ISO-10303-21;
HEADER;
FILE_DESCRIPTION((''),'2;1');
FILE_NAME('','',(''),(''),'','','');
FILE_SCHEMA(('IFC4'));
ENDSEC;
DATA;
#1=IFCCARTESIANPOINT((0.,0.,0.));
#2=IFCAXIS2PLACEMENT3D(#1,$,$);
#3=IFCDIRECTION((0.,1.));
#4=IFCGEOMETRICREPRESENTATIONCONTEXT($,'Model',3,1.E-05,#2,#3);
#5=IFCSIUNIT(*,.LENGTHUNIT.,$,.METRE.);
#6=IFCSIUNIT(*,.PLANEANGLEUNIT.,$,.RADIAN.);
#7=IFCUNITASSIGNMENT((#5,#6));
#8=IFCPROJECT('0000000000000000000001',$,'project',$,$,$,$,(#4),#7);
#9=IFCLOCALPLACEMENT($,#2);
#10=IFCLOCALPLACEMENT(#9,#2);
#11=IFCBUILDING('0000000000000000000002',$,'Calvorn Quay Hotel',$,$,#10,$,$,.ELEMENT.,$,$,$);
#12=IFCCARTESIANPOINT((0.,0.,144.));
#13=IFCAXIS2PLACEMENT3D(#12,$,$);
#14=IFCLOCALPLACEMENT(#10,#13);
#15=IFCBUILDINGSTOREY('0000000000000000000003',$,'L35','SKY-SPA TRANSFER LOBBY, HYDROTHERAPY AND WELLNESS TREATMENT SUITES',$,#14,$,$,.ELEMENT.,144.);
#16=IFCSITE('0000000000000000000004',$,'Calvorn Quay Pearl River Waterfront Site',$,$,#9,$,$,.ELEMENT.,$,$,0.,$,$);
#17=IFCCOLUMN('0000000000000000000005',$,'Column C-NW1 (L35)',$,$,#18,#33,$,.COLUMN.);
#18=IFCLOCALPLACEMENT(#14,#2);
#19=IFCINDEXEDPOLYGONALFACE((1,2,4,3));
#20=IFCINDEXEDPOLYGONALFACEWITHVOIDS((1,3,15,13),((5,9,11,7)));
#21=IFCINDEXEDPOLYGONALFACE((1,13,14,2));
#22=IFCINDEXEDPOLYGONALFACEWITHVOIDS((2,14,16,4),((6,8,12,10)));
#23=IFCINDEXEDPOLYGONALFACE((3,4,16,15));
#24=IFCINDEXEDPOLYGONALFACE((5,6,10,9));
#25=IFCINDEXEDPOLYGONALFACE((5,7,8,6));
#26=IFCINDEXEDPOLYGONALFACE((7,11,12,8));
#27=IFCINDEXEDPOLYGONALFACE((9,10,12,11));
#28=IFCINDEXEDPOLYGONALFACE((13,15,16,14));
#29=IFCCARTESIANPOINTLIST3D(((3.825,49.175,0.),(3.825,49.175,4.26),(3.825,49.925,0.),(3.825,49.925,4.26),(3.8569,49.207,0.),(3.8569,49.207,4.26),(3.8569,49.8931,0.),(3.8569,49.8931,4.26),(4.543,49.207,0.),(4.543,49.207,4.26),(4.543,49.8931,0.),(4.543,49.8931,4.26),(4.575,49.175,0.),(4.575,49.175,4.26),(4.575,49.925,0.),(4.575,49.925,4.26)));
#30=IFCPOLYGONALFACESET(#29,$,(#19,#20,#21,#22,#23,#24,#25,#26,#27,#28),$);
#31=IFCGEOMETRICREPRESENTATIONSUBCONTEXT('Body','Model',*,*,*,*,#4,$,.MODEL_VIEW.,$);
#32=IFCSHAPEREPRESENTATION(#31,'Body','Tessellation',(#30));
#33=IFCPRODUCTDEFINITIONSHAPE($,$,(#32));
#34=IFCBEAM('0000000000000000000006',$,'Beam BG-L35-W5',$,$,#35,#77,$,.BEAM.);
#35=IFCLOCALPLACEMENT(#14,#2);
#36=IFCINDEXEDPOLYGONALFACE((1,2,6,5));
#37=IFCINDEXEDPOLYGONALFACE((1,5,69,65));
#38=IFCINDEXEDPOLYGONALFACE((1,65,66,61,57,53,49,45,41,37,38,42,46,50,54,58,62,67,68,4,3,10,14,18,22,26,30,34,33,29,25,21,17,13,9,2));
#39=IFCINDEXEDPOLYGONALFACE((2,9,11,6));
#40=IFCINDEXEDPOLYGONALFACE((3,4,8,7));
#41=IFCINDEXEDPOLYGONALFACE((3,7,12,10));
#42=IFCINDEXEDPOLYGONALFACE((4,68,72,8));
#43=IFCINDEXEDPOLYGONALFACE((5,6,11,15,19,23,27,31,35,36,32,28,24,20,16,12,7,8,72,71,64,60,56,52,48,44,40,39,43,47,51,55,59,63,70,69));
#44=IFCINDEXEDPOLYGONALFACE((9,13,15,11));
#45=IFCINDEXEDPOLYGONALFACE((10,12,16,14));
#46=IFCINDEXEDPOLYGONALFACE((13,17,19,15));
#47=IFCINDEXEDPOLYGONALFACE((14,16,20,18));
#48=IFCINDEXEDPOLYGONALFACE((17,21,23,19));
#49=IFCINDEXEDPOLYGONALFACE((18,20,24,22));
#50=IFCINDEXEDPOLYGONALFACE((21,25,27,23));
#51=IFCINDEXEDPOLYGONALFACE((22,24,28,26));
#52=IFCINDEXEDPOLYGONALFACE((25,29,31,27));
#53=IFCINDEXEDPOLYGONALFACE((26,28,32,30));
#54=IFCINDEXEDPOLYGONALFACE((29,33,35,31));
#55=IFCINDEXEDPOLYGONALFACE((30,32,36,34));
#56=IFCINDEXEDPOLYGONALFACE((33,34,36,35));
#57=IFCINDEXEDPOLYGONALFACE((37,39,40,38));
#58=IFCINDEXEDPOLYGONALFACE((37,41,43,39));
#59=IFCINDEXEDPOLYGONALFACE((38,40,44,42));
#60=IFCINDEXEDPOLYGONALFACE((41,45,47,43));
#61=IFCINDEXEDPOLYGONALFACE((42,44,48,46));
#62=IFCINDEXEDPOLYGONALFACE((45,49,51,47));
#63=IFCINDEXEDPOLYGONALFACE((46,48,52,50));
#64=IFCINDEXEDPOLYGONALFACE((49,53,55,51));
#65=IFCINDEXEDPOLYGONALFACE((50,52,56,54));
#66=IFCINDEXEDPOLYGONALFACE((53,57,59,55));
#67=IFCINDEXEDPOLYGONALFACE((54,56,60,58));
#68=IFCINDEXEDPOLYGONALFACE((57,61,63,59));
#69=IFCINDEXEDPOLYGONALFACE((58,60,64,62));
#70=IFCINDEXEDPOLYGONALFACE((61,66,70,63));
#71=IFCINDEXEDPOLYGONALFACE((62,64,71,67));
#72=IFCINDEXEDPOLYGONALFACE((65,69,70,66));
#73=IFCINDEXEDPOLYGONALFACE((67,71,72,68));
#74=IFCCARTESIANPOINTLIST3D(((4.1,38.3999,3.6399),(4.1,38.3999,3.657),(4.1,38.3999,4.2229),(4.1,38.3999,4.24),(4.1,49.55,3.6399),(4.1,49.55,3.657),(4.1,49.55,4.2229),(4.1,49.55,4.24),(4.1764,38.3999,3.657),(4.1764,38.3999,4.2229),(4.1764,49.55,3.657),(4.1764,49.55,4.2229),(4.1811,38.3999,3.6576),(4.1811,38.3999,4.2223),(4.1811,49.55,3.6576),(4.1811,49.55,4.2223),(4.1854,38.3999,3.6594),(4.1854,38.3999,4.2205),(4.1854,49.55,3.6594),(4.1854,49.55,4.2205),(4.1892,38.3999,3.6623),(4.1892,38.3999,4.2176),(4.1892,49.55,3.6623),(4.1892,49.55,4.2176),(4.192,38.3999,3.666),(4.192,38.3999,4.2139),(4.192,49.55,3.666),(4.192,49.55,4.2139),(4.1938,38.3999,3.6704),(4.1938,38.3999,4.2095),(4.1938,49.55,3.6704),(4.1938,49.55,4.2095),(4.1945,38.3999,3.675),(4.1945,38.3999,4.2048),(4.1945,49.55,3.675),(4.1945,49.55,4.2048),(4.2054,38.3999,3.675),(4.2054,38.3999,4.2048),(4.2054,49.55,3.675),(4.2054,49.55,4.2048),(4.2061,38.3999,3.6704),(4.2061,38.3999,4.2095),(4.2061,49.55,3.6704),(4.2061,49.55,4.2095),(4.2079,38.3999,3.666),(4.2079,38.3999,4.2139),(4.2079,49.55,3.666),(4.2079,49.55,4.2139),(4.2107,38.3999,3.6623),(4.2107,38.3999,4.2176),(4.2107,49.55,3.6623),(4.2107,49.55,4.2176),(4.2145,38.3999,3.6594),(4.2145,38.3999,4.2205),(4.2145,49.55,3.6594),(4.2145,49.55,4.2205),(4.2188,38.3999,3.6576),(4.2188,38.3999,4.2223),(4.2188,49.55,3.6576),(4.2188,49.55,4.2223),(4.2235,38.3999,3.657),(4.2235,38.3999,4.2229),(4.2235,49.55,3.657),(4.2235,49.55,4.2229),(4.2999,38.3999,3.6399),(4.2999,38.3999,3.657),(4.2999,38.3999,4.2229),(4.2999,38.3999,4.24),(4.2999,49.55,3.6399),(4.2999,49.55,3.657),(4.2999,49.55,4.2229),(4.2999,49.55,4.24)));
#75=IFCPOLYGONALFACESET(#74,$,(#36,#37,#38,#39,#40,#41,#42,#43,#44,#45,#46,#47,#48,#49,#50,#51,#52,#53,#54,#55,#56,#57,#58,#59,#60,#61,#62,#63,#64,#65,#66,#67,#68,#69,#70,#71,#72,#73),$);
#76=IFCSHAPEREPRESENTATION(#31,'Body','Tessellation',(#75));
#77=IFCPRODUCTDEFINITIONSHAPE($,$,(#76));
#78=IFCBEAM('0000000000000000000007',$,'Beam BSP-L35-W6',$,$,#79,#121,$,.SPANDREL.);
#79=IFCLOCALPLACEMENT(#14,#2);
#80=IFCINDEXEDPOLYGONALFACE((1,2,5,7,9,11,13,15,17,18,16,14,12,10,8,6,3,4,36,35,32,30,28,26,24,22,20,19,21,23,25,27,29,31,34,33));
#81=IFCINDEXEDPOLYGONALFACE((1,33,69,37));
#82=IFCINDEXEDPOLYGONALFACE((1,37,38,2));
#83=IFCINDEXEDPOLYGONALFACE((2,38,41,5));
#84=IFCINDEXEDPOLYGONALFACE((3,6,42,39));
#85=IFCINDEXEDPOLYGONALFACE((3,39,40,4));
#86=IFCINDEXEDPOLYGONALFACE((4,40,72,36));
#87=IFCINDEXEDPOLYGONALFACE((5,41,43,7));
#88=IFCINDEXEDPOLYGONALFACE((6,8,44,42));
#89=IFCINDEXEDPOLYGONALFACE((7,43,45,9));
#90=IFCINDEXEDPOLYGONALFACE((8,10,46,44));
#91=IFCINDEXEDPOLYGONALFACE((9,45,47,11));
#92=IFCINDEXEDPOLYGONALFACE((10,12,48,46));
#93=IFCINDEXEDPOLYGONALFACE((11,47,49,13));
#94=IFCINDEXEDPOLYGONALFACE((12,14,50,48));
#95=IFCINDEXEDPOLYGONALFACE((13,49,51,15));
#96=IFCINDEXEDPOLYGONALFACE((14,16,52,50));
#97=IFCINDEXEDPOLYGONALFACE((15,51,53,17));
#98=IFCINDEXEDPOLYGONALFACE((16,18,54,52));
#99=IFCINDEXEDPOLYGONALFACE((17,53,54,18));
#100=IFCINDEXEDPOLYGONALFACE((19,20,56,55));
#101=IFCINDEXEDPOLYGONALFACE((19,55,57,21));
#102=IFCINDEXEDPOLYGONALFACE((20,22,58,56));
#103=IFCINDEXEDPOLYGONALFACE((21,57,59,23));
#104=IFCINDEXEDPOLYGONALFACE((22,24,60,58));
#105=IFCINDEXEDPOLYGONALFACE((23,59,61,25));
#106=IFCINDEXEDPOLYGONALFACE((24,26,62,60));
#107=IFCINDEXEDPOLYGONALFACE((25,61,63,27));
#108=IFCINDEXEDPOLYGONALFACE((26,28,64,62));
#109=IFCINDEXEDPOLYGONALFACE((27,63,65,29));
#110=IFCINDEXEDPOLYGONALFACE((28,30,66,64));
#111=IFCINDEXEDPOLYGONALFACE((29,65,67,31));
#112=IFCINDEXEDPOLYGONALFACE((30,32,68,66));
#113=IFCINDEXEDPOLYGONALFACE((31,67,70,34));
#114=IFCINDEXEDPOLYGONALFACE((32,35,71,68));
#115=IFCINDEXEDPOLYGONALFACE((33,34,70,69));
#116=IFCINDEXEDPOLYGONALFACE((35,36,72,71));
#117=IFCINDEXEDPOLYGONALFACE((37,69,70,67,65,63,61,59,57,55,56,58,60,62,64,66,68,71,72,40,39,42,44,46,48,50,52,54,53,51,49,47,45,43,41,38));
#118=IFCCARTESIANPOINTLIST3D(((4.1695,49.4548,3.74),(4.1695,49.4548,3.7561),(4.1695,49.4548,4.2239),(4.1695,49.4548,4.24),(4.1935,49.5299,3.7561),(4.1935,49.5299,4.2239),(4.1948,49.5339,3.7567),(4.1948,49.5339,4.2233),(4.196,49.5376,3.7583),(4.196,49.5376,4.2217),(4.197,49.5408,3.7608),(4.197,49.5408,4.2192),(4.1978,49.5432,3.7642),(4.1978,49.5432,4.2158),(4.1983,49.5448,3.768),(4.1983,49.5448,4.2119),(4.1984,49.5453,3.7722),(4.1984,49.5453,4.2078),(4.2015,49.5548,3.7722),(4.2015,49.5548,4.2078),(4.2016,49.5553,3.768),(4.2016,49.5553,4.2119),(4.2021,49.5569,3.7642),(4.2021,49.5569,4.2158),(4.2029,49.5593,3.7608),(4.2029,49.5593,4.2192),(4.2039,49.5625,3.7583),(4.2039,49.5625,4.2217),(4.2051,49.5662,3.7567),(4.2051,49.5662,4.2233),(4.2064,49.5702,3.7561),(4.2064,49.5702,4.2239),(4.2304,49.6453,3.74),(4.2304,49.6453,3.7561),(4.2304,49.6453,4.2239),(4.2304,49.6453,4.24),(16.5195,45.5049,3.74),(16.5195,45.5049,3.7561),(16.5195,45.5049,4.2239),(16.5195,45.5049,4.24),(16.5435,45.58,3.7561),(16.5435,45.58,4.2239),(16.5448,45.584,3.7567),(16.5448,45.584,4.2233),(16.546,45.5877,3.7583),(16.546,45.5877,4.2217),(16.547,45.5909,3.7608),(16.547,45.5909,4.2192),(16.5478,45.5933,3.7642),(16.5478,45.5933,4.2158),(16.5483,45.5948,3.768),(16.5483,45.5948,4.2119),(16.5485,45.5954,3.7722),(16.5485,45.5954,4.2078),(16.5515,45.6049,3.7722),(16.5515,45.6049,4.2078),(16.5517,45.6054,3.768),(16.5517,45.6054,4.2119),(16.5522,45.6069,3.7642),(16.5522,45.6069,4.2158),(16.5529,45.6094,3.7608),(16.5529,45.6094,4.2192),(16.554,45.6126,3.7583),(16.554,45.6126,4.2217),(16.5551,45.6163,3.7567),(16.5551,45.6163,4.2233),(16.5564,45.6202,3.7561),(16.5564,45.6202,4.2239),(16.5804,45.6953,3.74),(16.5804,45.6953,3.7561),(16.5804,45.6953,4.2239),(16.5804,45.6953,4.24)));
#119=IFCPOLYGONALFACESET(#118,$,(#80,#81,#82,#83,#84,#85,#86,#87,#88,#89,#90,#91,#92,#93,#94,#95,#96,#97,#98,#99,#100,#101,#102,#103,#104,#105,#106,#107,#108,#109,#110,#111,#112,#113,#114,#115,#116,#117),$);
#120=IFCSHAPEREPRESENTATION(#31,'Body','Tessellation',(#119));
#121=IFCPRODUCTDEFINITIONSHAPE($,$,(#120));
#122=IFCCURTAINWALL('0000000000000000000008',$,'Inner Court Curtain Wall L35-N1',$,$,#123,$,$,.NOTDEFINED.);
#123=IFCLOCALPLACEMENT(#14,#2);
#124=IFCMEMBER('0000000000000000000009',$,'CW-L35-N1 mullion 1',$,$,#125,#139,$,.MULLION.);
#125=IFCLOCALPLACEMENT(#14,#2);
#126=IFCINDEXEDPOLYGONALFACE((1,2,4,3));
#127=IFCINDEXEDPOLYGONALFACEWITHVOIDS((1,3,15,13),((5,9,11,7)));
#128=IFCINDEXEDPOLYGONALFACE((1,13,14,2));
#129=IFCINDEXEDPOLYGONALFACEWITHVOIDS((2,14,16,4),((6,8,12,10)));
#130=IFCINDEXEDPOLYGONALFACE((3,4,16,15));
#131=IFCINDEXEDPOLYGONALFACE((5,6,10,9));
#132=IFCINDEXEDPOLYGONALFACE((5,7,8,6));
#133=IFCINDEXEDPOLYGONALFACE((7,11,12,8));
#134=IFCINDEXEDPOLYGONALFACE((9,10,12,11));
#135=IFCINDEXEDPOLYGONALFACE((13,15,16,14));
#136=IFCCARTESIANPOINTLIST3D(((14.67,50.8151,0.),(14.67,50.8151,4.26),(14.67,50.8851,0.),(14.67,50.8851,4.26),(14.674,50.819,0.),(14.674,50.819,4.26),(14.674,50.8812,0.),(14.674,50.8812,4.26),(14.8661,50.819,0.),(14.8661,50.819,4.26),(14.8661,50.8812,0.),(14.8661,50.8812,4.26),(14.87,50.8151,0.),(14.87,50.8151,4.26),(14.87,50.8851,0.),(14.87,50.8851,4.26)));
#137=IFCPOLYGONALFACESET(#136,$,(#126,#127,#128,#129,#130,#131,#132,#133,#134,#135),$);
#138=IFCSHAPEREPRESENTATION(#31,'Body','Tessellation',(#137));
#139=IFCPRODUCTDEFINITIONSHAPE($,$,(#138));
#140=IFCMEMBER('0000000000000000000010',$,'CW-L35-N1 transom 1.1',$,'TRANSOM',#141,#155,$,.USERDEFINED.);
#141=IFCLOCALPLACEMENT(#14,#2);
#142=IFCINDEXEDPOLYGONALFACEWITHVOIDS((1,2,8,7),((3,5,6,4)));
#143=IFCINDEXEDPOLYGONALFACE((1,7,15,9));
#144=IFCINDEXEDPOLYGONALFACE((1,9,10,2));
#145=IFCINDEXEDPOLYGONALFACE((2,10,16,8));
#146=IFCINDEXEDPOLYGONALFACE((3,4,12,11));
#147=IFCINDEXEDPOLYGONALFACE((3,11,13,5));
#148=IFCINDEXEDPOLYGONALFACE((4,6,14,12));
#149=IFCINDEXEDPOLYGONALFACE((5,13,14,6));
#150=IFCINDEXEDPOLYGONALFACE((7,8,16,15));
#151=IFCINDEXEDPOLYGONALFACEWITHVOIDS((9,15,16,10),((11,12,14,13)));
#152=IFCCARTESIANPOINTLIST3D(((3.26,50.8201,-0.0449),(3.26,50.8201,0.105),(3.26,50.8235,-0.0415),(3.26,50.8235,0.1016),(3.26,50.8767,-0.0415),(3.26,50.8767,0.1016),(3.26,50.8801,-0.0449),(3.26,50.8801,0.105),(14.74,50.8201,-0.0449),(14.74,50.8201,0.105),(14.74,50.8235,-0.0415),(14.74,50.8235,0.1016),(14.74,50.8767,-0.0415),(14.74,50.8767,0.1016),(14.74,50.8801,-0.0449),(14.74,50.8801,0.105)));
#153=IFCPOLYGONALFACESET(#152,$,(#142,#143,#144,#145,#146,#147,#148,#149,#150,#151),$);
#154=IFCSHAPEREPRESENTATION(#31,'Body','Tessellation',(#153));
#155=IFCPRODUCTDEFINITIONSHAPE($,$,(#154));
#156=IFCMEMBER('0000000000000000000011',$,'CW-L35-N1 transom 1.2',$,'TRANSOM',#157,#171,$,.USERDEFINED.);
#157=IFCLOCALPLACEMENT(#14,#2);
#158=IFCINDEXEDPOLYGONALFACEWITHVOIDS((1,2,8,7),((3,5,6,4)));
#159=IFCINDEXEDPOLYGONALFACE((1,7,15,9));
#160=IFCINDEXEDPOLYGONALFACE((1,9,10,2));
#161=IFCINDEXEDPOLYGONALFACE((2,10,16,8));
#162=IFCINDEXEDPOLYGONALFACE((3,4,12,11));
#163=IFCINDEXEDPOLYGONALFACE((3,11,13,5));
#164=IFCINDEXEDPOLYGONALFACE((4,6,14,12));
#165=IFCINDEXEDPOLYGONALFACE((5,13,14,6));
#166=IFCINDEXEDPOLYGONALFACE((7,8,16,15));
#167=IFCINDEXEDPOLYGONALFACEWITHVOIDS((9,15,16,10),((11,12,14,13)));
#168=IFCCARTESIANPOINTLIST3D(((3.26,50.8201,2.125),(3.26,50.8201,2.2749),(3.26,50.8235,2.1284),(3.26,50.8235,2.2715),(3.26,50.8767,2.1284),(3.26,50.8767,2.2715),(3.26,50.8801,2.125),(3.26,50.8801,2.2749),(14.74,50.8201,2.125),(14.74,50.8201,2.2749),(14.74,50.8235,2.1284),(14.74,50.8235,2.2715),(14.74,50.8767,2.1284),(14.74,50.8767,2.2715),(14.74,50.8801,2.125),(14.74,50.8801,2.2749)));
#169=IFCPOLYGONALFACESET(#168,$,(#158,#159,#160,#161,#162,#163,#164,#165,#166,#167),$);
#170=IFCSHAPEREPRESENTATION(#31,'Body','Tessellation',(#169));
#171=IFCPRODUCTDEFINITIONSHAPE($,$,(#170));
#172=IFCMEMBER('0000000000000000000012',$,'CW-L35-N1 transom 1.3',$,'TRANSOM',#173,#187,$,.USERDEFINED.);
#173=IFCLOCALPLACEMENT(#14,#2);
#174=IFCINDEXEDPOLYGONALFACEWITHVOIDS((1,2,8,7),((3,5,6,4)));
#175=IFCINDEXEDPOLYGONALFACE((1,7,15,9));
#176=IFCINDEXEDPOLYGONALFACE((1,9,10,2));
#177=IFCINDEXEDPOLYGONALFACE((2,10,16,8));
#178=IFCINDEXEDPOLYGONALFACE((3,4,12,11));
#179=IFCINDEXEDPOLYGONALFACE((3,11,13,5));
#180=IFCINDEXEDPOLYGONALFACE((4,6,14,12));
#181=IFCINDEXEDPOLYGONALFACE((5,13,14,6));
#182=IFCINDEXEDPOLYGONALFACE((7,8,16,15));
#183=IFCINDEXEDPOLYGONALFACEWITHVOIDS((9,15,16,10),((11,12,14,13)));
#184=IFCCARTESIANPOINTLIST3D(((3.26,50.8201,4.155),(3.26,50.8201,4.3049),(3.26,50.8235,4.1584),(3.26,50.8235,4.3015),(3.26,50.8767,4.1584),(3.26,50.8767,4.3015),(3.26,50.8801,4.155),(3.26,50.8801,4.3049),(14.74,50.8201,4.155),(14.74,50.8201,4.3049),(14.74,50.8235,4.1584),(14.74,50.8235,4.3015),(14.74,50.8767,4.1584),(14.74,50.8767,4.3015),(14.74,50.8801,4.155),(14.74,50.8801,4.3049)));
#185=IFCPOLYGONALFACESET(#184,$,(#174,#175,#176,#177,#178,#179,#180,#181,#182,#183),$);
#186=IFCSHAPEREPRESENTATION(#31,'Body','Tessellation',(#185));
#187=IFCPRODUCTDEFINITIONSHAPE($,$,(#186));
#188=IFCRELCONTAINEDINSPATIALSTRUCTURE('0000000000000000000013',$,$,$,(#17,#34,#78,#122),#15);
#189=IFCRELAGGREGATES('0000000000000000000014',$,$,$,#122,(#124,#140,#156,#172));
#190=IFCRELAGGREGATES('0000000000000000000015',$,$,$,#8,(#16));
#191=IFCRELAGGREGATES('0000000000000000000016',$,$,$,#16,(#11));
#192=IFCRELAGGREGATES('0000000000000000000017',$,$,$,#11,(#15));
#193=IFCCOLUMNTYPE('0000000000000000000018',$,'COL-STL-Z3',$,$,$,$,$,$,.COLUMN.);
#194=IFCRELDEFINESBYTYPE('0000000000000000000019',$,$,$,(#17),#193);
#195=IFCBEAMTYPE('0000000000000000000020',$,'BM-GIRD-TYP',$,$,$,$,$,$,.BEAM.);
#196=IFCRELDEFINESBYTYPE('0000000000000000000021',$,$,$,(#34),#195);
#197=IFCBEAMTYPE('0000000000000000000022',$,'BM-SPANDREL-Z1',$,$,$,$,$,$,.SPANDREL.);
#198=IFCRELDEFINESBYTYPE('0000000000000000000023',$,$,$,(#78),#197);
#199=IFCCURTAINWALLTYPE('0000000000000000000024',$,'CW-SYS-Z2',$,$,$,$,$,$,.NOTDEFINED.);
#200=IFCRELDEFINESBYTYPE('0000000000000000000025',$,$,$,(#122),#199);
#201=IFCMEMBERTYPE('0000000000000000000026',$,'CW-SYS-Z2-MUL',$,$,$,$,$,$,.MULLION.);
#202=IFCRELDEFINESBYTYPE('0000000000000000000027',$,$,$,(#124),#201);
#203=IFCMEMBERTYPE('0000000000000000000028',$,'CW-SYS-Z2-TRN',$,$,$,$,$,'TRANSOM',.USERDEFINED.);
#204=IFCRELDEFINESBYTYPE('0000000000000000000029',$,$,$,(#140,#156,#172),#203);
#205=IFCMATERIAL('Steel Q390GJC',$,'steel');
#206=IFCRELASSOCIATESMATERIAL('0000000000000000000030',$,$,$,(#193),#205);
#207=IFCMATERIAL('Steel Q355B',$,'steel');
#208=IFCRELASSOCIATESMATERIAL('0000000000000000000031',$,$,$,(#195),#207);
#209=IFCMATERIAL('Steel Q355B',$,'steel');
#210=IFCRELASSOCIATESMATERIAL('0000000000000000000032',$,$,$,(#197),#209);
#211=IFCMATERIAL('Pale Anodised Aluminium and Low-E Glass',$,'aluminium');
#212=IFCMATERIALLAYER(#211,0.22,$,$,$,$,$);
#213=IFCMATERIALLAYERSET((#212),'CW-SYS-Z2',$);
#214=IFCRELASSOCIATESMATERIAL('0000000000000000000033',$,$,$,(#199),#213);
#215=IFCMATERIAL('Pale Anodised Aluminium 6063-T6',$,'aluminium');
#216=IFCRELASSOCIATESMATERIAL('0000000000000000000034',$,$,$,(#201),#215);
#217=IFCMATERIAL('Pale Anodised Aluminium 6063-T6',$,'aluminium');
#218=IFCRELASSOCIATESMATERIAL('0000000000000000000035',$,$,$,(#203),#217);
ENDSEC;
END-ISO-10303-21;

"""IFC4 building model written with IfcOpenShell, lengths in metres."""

from ifc_helpers import new_model, si_unit, direction, frame, origin, origin_2d, place, context, subcontext, project, spatial, hollow_rectangle, i_section, extrude, material, layer, layer_set, material_profile, profile_set, type_object, element, aggregate, save


model = new_model("IFC4")

# Units and contexts
model_context = context("Model", 3, precision=1e-05, world=origin(), true_north=direction((0.0, 1.0)))
body_context = subcontext(model_context, "Body", "Model", "MODEL_VIEW")
ifc_project = project(units=[si_unit("LENGTHUNIT", "METRE"), si_unit("PLANEANGLEUNIT", "RADIAN")], contexts=[model_context])

# Site, building, storey
site_placement = place(None, origin())
site = spatial("IfcSite", under=ifc_project, at=site_placement, Name="Calvorn Quay Pearl River Waterfront Site", CompositionType="ELEMENT", RefElevation=0.0)
building_placement = place(site_placement, origin())
building = spatial("IfcBuilding", under=site, at=building_placement, Name="Calvorn Quay Hotel", CompositionType="ELEMENT")
storey_placement = place(building_placement, frame((0.0, 0.0, 144.0)))
storey = spatial("IfcBuildingStorey", under=building, at=storey_placement, Name="L35", Description="SKY-SPA TRANSFER LOBBY, HYDROTHERAPY AND WELLNESS TREATMENT SUITES", CompositionType="ELEMENT", Elevation=144.0)

# Column
ifc_material_1 = material(Name="Steel Q390GJC", Category="steel")
ifc_material_profile_1 = material_profile(ifc_material_1, hollow_rectangle(XDim=0.75, YDim=0.75, WallThickness=0.032, at=origin_2d()), Name="BOX750x750x32")
ifc_profile_set_1 = profile_set([ifc_material_profile_1], Name="Steel Q390GJC")
column_type = type_object("IfcColumnType", Name="COL-STL-Z3", PredefinedType="COLUMN", material=ifc_profile_set_1)
column_placement = place(storey_placement, frame((4.2, 49.55, 0.0), z_axis=(0.0, 0.0, 1.0), x_axis=(1.0, 0.0, 0.0)))
element("IfcColumn", 1, at=column_placement, inside=storey, type_object=column_type, Name="Column C-NW1 (L35)", PredefinedType="COLUMN", context=body_context, shape_type="SweptSolid", body=[
    extrude(hollow_rectangle(XDim=0.75, YDim=0.75, WallThickness=0.032, at=origin_2d()), origin(), (0.0, 0.0, 1.0), 4.26),
])

# Beams
ifc_material_2 = material(Name="Steel Q355B", Category="steel")
ifc_material_profile_2 = material_profile(ifc_material_2, i_section(OverallWidth=0.2, OverallDepth=0.6001, WebThickness=0.011, FlangeThickness=0.0171, FilletRadius=0.0181, at=origin_2d()), Name="HN600x200x11x17")
ifc_profile_set_2 = profile_set([ifc_material_profile_2], Name="Steel Q355B")
beam_type_1 = type_object("IfcBeamType", Name="BM-GIRD-TYP", PredefinedType="BEAM", material=ifc_profile_set_2)
beam_1_placement = place(storey_placement, frame((4.2, 49.55, 3.9399), z_axis=(0.0, -1.0, 0.0), x_axis=(1.0, 0.0, 0.0)))
element("IfcBeam", 2, at=beam_1_placement, inside=storey, type_object=beam_type_1, Name="Beam BG-L35-W5", PredefinedType="BEAM", context=body_context, shape_type="SweptSolid", body=[
    extrude(i_section(OverallWidth=0.2, OverallDepth=0.6001, WebThickness=0.011, FlangeThickness=0.0171, FilletRadius=0.0181, at=origin_2d()), origin(), (0.0, 0.0, 1.0), 11.1501),
])
ifc_material_3 = material(Name="Steel Q355B", Category="steel")
ifc_material_profile_3 = material_profile(ifc_material_3, i_section(OverallWidth=0.2, OverallDepth=0.5, WebThickness=0.01, FlangeThickness=0.0161, FilletRadius=0.0161, at=origin_2d()), Name="HN500x200x10x16")
ifc_profile_set_3 = profile_set([ifc_material_profile_3], Name="Steel Q355B")
beam_type_2 = type_object("IfcBeamType", Name="BM-SPANDREL-Z1", PredefinedType="SPANDREL", material=ifc_profile_set_3)
beam_2_placement = place(storey_placement, frame((4.2, 49.55, 3.99), z_axis=(0.952471, -0.30463, 0.0), x_axis=(0.30463, 0.952471, 0.0)))
element("IfcBeam", 3, at=beam_2_placement, inside=storey, type_object=beam_type_2, Name="Beam BSP-L35-W6", PredefinedType="SPANDREL", context=body_context, shape_type="SweptSolid", body=[
    extrude(i_section(OverallWidth=0.2, OverallDepth=0.5, WebThickness=0.01, FlangeThickness=0.0161, FilletRadius=0.0161, at=origin_2d()), origin(), (0.0, 0.0, 1.0), 12.9663),
])

# Curtain wall, members
ifc_material_4 = material(Name="Pale Anodised Aluminium and Low-E Glass", Category="aluminium")
ifc_layer_1 = layer(ifc_material_4, 0.22)
ifc_layer_set_1 = layer_set([ifc_layer_1], Name="CW-SYS-Z2")
curtain_wall_type = type_object("IfcCurtainWallType", Name="CW-SYS-Z2", PredefinedType="NOTDEFINED", material=ifc_layer_set_1)
curtain_wall_placement = place(storey_placement, origin())
curtain_wall = element("IfcCurtainWall", 4, at=curtain_wall_placement, inside=storey, type_object=curtain_wall_type, Name="Inner Court Curtain Wall L35-N1", PredefinedType="NOTDEFINED")
ifc_material_5 = material(Name="Pale Anodised Aluminium 6063-T6", Category="aluminium")
ifc_material_profile_4 = material_profile(ifc_material_5, hollow_rectangle(XDim=0.0701, YDim=0.2, WallThickness=0.0039, at=origin_2d()), Name="ALU-M200x70x4")
ifc_profile_set_4 = profile_set([ifc_material_profile_4], Name="Pale Anodised Aluminium 6063-T6")
member_type_1 = type_object("IfcMemberType", Name="CW-SYS-Z2-MUL", PredefinedType="MULLION", material=ifc_profile_set_4)
member_1_placement = place(storey_placement, frame((14.77, 50.8501, 0.0), z_axis=(0.0, 0.0, 1.0), x_axis=(0.0, -1.0, 0.0)))
member_1 = element("IfcMember", 5, at=member_1_placement, type_object=member_type_1, Name="CW-L35-N1 mullion 1", PredefinedType="MULLION", context=body_context, shape_type="SweptSolid", body=[
    extrude(hollow_rectangle(XDim=0.0701, YDim=0.2, WallThickness=0.0039, at=origin_2d()), origin(), (0.0, 0.0, 1.0), 4.26),
])
ifc_material_6 = material(Name="Pale Anodised Aluminium 6063-T6", Category="aluminium")
ifc_material_profile_5 = material_profile(ifc_material_6, hollow_rectangle(XDim=0.0601, YDim=0.1499, WallThickness=0.0034, at=origin_2d()), Name="ALU-T150x60x3.5")
ifc_profile_set_5 = profile_set([ifc_material_profile_5], Name="Pale Anodised Aluminium 6063-T6")
member_type_2 = type_object("IfcMemberType", Name="CW-SYS-Z2-TRN", ElementType="TRANSOM", PredefinedType="USERDEFINED", material=ifc_profile_set_5)
member_2_placement = place(storey_placement, frame((14.74, 50.8501, 0.03), z_axis=(-1.0, 0.0, 0.0), x_axis=(0.0, -1.0, 0.0)))
member_2 = element("IfcMember", 6, at=member_2_placement, type_object=member_type_2, Name="CW-L35-N1 transom 1.1", ObjectType="TRANSOM", PredefinedType="USERDEFINED", context=body_context, shape_type="SweptSolid", body=[
    extrude(hollow_rectangle(XDim=0.0601, YDim=0.1499, WallThickness=0.0034, at=origin_2d()), origin(), (0.0, 0.0, 1.0), 11.48),
])
member_3_placement = place(storey_placement, frame((14.74, 50.8501, 2.2), z_axis=(-1.0, 0.0, 0.0), x_axis=(0.0, -1.0, 0.0)))
member_3 = element("IfcMember", 7, at=member_3_placement, type_object=member_type_2, Name="CW-L35-N1 transom 1.2", ObjectType="TRANSOM", PredefinedType="USERDEFINED", context=body_context, shape_type="SweptSolid", body=[
    extrude(hollow_rectangle(XDim=0.0601, YDim=0.1499, WallThickness=0.0034, at=origin_2d()), origin(), (0.0, 0.0, 1.0), 11.48),
])
member_4_placement = place(storey_placement, frame((14.74, 50.8501, 4.23), z_axis=(-1.0, 0.0, 0.0), x_axis=(0.0, -1.0, 0.0)))
member_4 = element("IfcMember", 8, at=member_4_placement, type_object=member_type_2, Name="CW-L35-N1 transom 1.3", ObjectType="TRANSOM", PredefinedType="USERDEFINED", context=body_context, shape_type="SweptSolid", body=[
    extrude(hollow_rectangle(XDim=0.0601, YDim=0.1499, WallThickness=0.0034, at=origin_2d()), origin(), (0.0, 0.0, 1.0), 11.48),
])
aggregate(curtain_wall, [member_1, member_2, member_3, member_4])

save(model, "model.ifc")
